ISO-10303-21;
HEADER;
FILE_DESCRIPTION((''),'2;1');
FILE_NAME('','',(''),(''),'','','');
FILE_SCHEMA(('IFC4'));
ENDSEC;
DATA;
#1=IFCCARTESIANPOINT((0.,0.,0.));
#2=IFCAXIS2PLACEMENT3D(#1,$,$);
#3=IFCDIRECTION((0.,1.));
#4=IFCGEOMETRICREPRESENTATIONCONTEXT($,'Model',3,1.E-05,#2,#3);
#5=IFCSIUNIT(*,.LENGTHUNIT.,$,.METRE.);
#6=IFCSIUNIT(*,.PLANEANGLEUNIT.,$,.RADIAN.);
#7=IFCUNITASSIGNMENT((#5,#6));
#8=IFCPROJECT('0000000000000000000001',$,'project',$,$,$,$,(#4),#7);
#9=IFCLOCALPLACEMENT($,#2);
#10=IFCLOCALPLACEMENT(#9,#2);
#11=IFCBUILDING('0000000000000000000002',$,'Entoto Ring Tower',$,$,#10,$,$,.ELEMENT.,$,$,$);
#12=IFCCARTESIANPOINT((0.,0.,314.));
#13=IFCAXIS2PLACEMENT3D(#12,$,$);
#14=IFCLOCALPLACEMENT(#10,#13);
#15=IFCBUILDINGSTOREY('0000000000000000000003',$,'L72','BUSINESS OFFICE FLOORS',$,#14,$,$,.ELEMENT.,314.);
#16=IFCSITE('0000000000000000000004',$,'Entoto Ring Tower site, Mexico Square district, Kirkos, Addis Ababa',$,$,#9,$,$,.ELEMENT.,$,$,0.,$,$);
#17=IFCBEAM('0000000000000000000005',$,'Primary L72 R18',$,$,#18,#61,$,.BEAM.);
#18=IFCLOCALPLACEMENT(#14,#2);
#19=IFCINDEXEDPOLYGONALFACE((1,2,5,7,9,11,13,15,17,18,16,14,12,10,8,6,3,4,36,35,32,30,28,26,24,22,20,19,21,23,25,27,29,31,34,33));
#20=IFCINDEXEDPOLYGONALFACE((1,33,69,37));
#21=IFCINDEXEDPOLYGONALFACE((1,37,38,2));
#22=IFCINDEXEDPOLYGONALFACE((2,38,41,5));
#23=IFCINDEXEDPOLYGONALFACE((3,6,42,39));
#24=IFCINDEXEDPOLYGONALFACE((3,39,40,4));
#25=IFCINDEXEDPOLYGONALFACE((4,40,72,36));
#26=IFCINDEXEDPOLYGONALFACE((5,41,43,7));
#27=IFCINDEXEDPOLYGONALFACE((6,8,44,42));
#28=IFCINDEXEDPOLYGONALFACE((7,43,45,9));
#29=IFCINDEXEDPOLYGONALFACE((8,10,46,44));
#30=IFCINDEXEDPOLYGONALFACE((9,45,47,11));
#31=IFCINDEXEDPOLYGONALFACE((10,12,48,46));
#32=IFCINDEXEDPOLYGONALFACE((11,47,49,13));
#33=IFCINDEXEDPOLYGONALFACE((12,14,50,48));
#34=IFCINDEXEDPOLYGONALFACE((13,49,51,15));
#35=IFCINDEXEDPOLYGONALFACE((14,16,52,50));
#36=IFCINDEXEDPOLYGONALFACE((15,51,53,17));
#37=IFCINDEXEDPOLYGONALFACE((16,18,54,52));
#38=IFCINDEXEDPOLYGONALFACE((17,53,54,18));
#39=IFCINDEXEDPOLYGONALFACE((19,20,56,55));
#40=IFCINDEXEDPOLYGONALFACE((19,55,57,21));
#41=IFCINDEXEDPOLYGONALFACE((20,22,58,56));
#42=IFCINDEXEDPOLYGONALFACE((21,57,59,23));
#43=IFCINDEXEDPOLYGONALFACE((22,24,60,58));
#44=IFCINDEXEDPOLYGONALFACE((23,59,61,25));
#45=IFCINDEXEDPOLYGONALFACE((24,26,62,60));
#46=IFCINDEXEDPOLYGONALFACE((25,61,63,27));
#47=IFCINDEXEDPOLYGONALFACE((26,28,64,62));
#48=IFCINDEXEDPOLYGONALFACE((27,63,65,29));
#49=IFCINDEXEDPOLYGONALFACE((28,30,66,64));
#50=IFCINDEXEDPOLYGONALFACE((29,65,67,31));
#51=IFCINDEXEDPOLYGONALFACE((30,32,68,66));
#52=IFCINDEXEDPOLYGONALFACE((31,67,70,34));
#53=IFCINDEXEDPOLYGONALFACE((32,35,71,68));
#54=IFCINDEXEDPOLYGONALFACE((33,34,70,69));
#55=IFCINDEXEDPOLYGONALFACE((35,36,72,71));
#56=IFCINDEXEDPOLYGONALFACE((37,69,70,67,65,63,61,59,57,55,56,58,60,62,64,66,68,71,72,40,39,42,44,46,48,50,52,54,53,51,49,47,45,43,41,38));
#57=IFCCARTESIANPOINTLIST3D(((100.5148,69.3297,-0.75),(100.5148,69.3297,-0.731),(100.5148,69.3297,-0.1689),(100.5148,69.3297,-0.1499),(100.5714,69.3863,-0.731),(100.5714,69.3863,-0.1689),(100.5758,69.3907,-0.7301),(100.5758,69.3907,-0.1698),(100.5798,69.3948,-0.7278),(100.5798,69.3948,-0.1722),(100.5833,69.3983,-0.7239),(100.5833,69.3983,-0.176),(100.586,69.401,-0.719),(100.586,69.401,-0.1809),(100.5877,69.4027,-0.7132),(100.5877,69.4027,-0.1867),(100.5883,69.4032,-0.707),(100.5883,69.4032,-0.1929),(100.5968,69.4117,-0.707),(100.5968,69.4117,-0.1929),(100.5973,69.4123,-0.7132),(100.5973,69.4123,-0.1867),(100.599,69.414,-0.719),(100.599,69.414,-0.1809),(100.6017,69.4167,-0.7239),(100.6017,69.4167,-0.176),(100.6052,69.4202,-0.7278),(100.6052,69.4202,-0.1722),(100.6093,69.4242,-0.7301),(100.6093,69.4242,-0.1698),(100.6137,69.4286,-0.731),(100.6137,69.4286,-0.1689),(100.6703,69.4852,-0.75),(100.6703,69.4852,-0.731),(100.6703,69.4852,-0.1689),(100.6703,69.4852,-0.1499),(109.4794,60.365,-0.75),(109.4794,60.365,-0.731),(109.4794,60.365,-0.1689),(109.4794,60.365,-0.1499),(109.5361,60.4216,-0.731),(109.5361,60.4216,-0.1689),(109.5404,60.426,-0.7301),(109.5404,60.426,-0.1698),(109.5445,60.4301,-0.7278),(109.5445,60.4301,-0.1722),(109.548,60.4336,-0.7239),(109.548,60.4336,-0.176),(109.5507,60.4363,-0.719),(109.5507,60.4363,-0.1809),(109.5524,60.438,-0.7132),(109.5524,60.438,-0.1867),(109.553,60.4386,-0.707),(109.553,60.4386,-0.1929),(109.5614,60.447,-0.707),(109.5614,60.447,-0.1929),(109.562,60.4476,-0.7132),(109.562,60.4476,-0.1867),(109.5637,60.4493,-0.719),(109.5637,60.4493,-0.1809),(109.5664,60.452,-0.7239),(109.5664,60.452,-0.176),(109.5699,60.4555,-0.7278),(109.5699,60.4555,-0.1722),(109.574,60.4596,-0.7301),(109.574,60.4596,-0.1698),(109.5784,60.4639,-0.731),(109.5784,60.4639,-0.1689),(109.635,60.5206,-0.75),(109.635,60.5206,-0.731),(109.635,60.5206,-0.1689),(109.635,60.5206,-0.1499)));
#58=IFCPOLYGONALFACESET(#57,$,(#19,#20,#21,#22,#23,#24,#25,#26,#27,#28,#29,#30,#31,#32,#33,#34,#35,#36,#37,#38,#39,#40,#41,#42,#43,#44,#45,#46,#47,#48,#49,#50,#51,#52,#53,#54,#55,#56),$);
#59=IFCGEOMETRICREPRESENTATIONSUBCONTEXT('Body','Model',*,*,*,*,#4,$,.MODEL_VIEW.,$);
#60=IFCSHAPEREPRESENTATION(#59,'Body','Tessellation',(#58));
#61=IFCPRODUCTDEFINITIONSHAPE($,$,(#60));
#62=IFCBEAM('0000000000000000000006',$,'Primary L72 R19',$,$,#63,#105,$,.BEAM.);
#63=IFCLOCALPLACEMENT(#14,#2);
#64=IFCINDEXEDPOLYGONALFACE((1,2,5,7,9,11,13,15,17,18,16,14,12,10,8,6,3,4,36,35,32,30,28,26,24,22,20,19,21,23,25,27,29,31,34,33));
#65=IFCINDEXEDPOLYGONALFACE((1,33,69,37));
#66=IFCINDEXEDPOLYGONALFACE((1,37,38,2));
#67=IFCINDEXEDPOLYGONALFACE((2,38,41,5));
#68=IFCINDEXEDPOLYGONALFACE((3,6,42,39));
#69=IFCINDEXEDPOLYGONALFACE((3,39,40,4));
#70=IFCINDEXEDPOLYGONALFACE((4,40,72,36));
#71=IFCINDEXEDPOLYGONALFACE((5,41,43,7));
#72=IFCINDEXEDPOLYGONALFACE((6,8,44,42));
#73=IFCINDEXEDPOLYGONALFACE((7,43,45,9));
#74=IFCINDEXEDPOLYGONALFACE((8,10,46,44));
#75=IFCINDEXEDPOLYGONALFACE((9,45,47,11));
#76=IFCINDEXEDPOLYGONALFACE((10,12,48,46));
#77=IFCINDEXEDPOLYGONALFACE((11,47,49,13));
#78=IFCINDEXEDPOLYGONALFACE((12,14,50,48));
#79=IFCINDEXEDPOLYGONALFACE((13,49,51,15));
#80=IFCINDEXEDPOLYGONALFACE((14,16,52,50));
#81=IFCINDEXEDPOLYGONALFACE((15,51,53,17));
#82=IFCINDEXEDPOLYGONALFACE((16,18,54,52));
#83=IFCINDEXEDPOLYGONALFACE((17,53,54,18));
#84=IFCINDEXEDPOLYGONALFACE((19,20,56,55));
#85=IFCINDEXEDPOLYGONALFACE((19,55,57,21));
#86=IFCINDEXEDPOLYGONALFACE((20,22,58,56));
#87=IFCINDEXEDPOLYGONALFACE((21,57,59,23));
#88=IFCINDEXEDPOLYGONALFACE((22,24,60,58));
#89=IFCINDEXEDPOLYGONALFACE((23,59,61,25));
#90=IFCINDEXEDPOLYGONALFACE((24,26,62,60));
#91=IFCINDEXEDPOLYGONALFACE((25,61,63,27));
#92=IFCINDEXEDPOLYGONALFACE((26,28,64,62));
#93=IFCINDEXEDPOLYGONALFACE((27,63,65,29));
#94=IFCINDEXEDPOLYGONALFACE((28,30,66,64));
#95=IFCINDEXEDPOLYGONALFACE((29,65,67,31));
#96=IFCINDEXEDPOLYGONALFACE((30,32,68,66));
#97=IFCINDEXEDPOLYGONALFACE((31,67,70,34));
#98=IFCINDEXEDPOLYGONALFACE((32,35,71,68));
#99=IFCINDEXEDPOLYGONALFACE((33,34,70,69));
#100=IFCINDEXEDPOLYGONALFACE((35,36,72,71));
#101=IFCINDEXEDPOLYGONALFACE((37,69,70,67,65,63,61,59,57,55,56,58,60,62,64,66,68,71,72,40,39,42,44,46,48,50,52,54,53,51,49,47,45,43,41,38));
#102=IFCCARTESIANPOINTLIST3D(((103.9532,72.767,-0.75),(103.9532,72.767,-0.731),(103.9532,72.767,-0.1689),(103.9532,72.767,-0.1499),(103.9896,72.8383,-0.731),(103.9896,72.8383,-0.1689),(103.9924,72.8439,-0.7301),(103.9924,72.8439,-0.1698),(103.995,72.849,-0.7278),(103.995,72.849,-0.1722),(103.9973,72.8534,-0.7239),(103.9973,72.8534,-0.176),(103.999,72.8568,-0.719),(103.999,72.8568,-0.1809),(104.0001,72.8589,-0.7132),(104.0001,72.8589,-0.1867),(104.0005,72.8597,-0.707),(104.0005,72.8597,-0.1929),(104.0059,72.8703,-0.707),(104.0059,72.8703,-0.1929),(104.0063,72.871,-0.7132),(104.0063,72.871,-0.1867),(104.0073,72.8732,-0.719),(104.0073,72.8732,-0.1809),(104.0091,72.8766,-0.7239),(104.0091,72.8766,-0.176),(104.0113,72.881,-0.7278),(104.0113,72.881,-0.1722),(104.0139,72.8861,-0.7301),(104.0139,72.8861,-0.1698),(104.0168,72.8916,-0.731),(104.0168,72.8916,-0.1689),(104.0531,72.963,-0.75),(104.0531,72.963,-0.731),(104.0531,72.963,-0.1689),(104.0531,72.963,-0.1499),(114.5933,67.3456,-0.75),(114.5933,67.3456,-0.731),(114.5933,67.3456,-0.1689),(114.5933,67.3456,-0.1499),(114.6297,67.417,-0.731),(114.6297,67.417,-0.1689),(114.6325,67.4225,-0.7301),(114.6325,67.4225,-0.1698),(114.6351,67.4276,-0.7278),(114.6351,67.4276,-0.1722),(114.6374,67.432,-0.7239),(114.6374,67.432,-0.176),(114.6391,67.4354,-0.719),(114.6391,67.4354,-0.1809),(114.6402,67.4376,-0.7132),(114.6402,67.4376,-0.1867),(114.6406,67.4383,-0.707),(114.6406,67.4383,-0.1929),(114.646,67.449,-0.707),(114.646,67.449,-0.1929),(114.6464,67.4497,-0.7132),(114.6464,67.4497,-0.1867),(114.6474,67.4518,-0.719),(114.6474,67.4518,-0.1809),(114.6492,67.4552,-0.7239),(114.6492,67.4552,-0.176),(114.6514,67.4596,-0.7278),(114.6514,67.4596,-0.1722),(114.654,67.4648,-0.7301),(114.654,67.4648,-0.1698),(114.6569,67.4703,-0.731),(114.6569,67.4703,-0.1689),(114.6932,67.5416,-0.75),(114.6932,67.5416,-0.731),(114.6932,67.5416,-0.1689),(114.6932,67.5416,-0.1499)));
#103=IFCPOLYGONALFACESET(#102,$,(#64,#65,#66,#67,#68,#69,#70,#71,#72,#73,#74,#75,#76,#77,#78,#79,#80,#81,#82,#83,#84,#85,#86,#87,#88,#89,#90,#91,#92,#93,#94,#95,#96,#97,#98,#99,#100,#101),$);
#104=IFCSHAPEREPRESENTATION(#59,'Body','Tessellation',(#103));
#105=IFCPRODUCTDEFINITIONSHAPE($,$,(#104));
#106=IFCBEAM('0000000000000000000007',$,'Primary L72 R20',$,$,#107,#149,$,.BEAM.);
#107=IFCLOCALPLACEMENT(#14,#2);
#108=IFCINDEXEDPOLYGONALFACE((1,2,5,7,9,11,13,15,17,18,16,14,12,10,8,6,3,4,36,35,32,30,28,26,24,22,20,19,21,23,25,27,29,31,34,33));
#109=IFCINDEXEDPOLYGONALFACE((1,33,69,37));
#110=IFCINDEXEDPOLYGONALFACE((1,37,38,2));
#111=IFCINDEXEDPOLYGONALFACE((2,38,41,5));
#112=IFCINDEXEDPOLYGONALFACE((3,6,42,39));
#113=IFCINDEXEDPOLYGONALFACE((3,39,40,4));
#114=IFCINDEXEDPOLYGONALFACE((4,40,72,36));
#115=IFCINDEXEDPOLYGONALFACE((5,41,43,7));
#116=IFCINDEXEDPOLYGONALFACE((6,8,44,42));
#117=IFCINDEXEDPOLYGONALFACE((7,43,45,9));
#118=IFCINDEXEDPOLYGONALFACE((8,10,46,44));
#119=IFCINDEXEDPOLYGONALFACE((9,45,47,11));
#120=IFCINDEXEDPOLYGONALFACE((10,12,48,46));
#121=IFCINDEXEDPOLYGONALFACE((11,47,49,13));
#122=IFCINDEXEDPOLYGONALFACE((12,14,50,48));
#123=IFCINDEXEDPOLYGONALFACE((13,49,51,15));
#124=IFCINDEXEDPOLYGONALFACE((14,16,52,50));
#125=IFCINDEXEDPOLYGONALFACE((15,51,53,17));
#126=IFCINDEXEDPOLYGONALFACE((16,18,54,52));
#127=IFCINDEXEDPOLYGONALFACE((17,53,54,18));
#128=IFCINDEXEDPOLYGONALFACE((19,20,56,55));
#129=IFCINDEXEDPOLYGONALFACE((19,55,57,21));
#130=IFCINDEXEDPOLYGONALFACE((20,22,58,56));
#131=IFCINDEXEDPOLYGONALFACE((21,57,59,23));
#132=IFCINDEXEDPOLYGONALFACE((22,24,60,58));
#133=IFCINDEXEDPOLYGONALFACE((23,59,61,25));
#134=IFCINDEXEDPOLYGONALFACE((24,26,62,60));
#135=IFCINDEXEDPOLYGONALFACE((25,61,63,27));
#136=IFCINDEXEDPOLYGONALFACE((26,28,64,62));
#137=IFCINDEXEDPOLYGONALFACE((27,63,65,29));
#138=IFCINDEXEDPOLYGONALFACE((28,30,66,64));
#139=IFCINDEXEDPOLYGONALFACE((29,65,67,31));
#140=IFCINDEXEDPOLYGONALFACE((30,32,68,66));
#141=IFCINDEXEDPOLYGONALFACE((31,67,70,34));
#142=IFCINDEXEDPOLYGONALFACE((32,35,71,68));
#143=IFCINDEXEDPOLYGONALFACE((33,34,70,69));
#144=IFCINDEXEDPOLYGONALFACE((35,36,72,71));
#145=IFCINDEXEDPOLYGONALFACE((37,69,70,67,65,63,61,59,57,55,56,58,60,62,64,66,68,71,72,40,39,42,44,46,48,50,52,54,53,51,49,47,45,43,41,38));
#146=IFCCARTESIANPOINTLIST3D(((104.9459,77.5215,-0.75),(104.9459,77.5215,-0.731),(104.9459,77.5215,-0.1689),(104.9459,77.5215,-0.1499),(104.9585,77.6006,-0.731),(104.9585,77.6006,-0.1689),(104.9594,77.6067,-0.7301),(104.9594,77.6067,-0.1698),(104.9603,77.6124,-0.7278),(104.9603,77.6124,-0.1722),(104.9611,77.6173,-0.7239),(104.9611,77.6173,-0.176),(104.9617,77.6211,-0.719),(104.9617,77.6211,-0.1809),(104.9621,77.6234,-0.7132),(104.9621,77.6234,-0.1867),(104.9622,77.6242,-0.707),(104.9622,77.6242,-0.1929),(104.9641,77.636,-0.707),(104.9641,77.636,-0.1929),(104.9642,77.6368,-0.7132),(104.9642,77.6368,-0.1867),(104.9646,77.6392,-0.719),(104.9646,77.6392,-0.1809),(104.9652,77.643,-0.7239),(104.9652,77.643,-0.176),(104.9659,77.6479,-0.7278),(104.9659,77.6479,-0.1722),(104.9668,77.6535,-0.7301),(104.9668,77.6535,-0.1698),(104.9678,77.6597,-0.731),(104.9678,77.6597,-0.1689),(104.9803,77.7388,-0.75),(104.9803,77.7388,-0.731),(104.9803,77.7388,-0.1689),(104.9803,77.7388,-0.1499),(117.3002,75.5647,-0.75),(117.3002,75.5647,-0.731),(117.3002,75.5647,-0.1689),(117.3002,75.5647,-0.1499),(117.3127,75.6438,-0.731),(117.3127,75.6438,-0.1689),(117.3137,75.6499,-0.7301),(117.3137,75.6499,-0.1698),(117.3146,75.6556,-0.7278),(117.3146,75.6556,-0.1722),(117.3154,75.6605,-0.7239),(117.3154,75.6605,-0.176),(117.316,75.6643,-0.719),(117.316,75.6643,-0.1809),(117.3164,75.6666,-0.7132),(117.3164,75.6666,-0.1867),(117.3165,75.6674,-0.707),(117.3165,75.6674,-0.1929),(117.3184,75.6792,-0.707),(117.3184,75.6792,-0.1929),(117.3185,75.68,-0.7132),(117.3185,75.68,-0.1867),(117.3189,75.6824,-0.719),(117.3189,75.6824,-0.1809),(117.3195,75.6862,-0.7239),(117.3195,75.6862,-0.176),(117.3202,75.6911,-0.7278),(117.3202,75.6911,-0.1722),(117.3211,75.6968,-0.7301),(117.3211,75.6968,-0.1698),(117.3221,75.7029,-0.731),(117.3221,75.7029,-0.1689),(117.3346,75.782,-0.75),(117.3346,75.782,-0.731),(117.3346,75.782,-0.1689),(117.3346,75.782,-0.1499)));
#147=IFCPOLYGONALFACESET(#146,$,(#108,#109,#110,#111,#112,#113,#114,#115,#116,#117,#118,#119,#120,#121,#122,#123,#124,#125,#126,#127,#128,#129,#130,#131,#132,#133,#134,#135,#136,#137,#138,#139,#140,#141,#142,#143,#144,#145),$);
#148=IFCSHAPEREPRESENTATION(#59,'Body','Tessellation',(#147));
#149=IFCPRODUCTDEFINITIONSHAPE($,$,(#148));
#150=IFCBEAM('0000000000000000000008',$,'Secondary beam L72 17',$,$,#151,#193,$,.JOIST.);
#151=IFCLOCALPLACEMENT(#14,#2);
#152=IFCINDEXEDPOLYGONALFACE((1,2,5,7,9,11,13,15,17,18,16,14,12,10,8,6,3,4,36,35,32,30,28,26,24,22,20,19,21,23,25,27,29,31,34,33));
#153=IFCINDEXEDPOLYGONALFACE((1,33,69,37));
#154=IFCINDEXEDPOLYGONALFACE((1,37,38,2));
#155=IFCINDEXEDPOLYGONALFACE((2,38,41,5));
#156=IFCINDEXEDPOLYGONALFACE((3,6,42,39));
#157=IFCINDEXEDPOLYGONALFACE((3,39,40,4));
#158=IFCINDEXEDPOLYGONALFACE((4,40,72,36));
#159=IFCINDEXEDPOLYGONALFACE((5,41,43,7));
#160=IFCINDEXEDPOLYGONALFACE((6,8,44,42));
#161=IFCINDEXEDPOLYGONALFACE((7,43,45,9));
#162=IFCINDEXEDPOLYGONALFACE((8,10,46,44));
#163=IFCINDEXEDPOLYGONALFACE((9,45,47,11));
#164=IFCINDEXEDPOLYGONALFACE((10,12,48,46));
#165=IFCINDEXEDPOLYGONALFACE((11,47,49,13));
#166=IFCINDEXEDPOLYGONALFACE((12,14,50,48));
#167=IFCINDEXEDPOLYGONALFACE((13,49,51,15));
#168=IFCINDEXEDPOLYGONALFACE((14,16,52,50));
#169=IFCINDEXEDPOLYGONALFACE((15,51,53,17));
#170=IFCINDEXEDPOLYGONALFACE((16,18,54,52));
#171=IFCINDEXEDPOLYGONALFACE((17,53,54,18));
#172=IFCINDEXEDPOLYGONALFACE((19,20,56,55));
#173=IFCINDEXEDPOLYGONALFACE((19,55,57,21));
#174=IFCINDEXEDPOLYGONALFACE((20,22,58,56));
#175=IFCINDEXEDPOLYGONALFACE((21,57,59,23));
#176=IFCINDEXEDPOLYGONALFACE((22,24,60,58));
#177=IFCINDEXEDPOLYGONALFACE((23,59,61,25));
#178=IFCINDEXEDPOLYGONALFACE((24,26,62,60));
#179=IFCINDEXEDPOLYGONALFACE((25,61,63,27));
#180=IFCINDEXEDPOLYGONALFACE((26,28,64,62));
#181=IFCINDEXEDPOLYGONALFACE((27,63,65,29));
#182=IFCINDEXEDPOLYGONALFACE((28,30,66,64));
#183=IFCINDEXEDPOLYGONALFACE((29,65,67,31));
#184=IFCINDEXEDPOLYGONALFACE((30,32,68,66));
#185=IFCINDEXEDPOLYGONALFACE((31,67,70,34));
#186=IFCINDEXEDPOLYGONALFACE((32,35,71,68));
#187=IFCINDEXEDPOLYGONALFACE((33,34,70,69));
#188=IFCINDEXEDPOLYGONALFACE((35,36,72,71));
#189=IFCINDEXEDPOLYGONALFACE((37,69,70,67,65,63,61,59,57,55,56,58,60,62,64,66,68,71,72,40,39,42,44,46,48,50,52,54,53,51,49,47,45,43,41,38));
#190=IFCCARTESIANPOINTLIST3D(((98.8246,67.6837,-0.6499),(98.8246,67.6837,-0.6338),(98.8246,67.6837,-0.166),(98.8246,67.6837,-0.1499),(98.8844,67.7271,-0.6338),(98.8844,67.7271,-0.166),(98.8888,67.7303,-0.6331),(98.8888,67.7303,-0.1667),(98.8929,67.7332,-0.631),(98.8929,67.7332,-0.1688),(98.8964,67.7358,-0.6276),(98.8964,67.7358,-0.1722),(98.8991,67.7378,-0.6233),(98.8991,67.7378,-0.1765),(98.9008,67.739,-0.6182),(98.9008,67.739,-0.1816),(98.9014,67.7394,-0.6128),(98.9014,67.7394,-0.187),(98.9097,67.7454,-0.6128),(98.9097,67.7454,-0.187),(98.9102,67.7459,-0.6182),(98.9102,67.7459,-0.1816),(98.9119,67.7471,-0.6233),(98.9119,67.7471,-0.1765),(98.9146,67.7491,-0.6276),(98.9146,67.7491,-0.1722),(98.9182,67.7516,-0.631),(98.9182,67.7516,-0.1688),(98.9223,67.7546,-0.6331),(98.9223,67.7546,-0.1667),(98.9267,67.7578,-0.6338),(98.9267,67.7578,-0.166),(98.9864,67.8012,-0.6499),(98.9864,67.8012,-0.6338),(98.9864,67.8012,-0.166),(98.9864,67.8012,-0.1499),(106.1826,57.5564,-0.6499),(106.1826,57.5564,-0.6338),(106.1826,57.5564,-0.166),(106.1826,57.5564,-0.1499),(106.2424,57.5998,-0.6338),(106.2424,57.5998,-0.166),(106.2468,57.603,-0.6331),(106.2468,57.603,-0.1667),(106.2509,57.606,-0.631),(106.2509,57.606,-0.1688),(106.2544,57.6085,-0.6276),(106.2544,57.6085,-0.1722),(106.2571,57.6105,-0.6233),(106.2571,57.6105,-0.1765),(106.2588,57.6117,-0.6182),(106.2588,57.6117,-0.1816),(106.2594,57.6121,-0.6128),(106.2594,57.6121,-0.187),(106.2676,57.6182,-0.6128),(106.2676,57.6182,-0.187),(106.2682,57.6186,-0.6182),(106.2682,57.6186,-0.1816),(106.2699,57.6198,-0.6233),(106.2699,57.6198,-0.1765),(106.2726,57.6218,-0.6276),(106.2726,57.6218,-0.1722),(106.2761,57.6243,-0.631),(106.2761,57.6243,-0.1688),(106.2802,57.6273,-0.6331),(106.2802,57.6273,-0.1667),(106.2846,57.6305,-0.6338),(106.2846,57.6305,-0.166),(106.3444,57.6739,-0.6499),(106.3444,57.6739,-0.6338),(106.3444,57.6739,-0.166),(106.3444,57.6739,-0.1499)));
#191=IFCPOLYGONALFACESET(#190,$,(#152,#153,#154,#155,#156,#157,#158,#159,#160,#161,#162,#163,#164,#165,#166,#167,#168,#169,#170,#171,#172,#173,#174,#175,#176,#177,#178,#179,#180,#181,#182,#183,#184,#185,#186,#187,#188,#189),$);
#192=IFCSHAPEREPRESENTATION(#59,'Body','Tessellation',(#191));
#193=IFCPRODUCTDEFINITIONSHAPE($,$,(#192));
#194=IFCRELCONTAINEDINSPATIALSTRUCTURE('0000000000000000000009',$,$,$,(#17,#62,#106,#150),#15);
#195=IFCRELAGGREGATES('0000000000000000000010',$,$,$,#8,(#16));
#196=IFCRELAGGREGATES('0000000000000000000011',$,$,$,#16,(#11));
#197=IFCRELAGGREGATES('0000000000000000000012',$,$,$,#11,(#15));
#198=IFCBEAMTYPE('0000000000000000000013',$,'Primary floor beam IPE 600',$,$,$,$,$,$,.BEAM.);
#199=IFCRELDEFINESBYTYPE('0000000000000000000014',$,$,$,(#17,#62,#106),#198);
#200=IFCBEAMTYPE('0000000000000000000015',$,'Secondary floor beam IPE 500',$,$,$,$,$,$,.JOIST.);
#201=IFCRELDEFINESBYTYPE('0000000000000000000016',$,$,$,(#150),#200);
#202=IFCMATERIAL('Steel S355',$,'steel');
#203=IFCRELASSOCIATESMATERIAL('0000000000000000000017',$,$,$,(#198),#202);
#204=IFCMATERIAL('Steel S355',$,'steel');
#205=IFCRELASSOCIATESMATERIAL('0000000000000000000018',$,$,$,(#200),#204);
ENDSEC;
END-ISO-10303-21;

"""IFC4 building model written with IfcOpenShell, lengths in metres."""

from ifc_helpers import new_model, si_unit, direction, frame, origin, origin_2d, place, context, subcontext, project, spatial, i_section, extrude, material, material_profile, profile_set, type_object, element, save


model = new_model("IFC4")

# Units and contexts
model_context = context("Model", 3, precision=1e-05, world=origin(), true_north=direction((0.0, 1.0)))
body_context = subcontext(model_context, "Body", "Model", "MODEL_VIEW")
ifc_project = project(units=[si_unit("LENGTHUNIT", "METRE"), si_unit("PLANEANGLEUNIT", "RADIAN")], contexts=[model_context])

# Site, building, storey
site_placement = place(None, origin())
site = spatial("IfcSite", under=ifc_project, at=site_placement, Name="Entoto Ring Tower site, Mexico Square district, Kirkos, Addis Ababa", CompositionType="ELEMENT", RefElevation=0.0)
building_placement = place(site_placement, origin())
building = spatial("IfcBuilding", under=site, at=building_placement, Name="Entoto Ring Tower", CompositionType="ELEMENT")
storey_placement = place(building_placement, frame((0.0, 0.0, 314.0)))
storey = spatial("IfcBuildingStorey", under=building, at=storey_placement, Name="L72", Description="BUSINESS OFFICE FLOORS", CompositionType="ELEMENT", Elevation=314.0)

# Beams
ifc_material_1 = material(Name="Steel S355", Category="steel")
ifc_material_profile_1 = material_profile(ifc_material_1, i_section(OverallWidth=0.22, OverallDepth=0.6001, WebThickness=0.012, FlangeThickness=0.019, FilletRadius=0.0239, at=origin_2d()), Name="IPE 600")
ifc_profile_set_1 = profile_set([ifc_material_profile_1], Name="Steel S355")
beam_type_1 = type_object("IfcBeamType", Name="Primary floor beam IPE 600", PredefinedType="BEAM", material=ifc_profile_set_1)
beam_1_placement = place(storey_placement, frame((100.5925, 69.4075, -0.45), z_axis=(0.707107, -0.707107, 0.0), x_axis=(0.707107, 0.707107, 0.0)))
element("IfcBeam", 1, at=beam_1_placement, inside=storey, type_object=beam_type_1, Name="Primary L72 R18", PredefinedType="BEAM", context=body_context, shape_type="SweptSolid", body=[
    extrude(i_section(OverallWidth=0.22, OverallDepth=0.6001, WebThickness=0.012, FlangeThickness=0.019, FilletRadius=0.0239, at=origin_2d()), origin(), (0.0, 0.0, 1.0), 12.678),
])
beam_2_placement = place(storey_placement, frame((104.0032, 72.865, -0.45), z_axis=(0.891008, -0.453988, 0.0), x_axis=(0.453988, 0.891008, 0.0)))
element("IfcBeam", 2, at=beam_2_placement, inside=storey, type_object=beam_type_1, Name="Primary L72 R19", PredefinedType="BEAM", context=body_context, shape_type="SweptSolid", body=[
    extrude(i_section(OverallWidth=0.22, OverallDepth=0.6001, WebThickness=0.012, FlangeThickness=0.019, FilletRadius=0.0239, at=origin_2d()), origin(), (0.0, 0.0, 1.0), 11.9417),
])
beam_3_placement = place(storey_placement, frame((104.9631, 77.6301, -0.45), z_axis=(0.987688, -0.15644, 0.0), x_axis=(0.15644, 0.987688, 0.0)))
element("IfcBeam", 3, at=beam_3_placement, inside=storey, type_object=beam_type_1, Name="Primary L72 R20", PredefinedType="BEAM", context=body_context, shape_type="SweptSolid", body=[
    extrude(i_section(OverallWidth=0.22, OverallDepth=0.6001, WebThickness=0.012, FlangeThickness=0.019, FilletRadius=0.0239, at=origin_2d()), origin(), (0.0, 0.0, 1.0), 12.5083),
])
ifc_material_2 = material(Name="Steel S355", Category="steel")
ifc_material_profile_2 = material_profile(ifc_material_2, i_section(OverallWidth=0.2, OverallDepth=0.5, WebThickness=0.0103, FlangeThickness=0.0161, FilletRadius=0.021, at=origin_2d()), Name="IPE 500")
ifc_profile_set_2 = profile_set([ifc_material_profile_2], Name="Steel S355")
beam_type_2 = type_object("IfcBeamType", Name="Secondary floor beam IPE 500", PredefinedType="JOIST", material=ifc_profile_set_2)
for number, where, z_axis, x_axis, name in (
    (4, (98.9055, 67.7424, -0.3999), (0.587789, -0.809014, 0.0), (0.809014, 0.587789, 0.0), "Secondary beam L72 17"),
):
    element("IfcBeam", number, at=place(storey_placement, frame(where, z_axis=z_axis, x_axis=x_axis)), inside=storey, type_object=beam_type_2, Name=name, PredefinedType="JOIST", context=body_context, shape_type="SweptSolid", body=[
        extrude(i_section(OverallWidth=0.2, OverallDepth=0.5, WebThickness=0.0103, FlangeThickness=0.0161, FilletRadius=0.021, at=origin_2d()), origin(), (0.0, 0.0, 1.0), 12.5181),
    ])

save(model, "model.ifc")
